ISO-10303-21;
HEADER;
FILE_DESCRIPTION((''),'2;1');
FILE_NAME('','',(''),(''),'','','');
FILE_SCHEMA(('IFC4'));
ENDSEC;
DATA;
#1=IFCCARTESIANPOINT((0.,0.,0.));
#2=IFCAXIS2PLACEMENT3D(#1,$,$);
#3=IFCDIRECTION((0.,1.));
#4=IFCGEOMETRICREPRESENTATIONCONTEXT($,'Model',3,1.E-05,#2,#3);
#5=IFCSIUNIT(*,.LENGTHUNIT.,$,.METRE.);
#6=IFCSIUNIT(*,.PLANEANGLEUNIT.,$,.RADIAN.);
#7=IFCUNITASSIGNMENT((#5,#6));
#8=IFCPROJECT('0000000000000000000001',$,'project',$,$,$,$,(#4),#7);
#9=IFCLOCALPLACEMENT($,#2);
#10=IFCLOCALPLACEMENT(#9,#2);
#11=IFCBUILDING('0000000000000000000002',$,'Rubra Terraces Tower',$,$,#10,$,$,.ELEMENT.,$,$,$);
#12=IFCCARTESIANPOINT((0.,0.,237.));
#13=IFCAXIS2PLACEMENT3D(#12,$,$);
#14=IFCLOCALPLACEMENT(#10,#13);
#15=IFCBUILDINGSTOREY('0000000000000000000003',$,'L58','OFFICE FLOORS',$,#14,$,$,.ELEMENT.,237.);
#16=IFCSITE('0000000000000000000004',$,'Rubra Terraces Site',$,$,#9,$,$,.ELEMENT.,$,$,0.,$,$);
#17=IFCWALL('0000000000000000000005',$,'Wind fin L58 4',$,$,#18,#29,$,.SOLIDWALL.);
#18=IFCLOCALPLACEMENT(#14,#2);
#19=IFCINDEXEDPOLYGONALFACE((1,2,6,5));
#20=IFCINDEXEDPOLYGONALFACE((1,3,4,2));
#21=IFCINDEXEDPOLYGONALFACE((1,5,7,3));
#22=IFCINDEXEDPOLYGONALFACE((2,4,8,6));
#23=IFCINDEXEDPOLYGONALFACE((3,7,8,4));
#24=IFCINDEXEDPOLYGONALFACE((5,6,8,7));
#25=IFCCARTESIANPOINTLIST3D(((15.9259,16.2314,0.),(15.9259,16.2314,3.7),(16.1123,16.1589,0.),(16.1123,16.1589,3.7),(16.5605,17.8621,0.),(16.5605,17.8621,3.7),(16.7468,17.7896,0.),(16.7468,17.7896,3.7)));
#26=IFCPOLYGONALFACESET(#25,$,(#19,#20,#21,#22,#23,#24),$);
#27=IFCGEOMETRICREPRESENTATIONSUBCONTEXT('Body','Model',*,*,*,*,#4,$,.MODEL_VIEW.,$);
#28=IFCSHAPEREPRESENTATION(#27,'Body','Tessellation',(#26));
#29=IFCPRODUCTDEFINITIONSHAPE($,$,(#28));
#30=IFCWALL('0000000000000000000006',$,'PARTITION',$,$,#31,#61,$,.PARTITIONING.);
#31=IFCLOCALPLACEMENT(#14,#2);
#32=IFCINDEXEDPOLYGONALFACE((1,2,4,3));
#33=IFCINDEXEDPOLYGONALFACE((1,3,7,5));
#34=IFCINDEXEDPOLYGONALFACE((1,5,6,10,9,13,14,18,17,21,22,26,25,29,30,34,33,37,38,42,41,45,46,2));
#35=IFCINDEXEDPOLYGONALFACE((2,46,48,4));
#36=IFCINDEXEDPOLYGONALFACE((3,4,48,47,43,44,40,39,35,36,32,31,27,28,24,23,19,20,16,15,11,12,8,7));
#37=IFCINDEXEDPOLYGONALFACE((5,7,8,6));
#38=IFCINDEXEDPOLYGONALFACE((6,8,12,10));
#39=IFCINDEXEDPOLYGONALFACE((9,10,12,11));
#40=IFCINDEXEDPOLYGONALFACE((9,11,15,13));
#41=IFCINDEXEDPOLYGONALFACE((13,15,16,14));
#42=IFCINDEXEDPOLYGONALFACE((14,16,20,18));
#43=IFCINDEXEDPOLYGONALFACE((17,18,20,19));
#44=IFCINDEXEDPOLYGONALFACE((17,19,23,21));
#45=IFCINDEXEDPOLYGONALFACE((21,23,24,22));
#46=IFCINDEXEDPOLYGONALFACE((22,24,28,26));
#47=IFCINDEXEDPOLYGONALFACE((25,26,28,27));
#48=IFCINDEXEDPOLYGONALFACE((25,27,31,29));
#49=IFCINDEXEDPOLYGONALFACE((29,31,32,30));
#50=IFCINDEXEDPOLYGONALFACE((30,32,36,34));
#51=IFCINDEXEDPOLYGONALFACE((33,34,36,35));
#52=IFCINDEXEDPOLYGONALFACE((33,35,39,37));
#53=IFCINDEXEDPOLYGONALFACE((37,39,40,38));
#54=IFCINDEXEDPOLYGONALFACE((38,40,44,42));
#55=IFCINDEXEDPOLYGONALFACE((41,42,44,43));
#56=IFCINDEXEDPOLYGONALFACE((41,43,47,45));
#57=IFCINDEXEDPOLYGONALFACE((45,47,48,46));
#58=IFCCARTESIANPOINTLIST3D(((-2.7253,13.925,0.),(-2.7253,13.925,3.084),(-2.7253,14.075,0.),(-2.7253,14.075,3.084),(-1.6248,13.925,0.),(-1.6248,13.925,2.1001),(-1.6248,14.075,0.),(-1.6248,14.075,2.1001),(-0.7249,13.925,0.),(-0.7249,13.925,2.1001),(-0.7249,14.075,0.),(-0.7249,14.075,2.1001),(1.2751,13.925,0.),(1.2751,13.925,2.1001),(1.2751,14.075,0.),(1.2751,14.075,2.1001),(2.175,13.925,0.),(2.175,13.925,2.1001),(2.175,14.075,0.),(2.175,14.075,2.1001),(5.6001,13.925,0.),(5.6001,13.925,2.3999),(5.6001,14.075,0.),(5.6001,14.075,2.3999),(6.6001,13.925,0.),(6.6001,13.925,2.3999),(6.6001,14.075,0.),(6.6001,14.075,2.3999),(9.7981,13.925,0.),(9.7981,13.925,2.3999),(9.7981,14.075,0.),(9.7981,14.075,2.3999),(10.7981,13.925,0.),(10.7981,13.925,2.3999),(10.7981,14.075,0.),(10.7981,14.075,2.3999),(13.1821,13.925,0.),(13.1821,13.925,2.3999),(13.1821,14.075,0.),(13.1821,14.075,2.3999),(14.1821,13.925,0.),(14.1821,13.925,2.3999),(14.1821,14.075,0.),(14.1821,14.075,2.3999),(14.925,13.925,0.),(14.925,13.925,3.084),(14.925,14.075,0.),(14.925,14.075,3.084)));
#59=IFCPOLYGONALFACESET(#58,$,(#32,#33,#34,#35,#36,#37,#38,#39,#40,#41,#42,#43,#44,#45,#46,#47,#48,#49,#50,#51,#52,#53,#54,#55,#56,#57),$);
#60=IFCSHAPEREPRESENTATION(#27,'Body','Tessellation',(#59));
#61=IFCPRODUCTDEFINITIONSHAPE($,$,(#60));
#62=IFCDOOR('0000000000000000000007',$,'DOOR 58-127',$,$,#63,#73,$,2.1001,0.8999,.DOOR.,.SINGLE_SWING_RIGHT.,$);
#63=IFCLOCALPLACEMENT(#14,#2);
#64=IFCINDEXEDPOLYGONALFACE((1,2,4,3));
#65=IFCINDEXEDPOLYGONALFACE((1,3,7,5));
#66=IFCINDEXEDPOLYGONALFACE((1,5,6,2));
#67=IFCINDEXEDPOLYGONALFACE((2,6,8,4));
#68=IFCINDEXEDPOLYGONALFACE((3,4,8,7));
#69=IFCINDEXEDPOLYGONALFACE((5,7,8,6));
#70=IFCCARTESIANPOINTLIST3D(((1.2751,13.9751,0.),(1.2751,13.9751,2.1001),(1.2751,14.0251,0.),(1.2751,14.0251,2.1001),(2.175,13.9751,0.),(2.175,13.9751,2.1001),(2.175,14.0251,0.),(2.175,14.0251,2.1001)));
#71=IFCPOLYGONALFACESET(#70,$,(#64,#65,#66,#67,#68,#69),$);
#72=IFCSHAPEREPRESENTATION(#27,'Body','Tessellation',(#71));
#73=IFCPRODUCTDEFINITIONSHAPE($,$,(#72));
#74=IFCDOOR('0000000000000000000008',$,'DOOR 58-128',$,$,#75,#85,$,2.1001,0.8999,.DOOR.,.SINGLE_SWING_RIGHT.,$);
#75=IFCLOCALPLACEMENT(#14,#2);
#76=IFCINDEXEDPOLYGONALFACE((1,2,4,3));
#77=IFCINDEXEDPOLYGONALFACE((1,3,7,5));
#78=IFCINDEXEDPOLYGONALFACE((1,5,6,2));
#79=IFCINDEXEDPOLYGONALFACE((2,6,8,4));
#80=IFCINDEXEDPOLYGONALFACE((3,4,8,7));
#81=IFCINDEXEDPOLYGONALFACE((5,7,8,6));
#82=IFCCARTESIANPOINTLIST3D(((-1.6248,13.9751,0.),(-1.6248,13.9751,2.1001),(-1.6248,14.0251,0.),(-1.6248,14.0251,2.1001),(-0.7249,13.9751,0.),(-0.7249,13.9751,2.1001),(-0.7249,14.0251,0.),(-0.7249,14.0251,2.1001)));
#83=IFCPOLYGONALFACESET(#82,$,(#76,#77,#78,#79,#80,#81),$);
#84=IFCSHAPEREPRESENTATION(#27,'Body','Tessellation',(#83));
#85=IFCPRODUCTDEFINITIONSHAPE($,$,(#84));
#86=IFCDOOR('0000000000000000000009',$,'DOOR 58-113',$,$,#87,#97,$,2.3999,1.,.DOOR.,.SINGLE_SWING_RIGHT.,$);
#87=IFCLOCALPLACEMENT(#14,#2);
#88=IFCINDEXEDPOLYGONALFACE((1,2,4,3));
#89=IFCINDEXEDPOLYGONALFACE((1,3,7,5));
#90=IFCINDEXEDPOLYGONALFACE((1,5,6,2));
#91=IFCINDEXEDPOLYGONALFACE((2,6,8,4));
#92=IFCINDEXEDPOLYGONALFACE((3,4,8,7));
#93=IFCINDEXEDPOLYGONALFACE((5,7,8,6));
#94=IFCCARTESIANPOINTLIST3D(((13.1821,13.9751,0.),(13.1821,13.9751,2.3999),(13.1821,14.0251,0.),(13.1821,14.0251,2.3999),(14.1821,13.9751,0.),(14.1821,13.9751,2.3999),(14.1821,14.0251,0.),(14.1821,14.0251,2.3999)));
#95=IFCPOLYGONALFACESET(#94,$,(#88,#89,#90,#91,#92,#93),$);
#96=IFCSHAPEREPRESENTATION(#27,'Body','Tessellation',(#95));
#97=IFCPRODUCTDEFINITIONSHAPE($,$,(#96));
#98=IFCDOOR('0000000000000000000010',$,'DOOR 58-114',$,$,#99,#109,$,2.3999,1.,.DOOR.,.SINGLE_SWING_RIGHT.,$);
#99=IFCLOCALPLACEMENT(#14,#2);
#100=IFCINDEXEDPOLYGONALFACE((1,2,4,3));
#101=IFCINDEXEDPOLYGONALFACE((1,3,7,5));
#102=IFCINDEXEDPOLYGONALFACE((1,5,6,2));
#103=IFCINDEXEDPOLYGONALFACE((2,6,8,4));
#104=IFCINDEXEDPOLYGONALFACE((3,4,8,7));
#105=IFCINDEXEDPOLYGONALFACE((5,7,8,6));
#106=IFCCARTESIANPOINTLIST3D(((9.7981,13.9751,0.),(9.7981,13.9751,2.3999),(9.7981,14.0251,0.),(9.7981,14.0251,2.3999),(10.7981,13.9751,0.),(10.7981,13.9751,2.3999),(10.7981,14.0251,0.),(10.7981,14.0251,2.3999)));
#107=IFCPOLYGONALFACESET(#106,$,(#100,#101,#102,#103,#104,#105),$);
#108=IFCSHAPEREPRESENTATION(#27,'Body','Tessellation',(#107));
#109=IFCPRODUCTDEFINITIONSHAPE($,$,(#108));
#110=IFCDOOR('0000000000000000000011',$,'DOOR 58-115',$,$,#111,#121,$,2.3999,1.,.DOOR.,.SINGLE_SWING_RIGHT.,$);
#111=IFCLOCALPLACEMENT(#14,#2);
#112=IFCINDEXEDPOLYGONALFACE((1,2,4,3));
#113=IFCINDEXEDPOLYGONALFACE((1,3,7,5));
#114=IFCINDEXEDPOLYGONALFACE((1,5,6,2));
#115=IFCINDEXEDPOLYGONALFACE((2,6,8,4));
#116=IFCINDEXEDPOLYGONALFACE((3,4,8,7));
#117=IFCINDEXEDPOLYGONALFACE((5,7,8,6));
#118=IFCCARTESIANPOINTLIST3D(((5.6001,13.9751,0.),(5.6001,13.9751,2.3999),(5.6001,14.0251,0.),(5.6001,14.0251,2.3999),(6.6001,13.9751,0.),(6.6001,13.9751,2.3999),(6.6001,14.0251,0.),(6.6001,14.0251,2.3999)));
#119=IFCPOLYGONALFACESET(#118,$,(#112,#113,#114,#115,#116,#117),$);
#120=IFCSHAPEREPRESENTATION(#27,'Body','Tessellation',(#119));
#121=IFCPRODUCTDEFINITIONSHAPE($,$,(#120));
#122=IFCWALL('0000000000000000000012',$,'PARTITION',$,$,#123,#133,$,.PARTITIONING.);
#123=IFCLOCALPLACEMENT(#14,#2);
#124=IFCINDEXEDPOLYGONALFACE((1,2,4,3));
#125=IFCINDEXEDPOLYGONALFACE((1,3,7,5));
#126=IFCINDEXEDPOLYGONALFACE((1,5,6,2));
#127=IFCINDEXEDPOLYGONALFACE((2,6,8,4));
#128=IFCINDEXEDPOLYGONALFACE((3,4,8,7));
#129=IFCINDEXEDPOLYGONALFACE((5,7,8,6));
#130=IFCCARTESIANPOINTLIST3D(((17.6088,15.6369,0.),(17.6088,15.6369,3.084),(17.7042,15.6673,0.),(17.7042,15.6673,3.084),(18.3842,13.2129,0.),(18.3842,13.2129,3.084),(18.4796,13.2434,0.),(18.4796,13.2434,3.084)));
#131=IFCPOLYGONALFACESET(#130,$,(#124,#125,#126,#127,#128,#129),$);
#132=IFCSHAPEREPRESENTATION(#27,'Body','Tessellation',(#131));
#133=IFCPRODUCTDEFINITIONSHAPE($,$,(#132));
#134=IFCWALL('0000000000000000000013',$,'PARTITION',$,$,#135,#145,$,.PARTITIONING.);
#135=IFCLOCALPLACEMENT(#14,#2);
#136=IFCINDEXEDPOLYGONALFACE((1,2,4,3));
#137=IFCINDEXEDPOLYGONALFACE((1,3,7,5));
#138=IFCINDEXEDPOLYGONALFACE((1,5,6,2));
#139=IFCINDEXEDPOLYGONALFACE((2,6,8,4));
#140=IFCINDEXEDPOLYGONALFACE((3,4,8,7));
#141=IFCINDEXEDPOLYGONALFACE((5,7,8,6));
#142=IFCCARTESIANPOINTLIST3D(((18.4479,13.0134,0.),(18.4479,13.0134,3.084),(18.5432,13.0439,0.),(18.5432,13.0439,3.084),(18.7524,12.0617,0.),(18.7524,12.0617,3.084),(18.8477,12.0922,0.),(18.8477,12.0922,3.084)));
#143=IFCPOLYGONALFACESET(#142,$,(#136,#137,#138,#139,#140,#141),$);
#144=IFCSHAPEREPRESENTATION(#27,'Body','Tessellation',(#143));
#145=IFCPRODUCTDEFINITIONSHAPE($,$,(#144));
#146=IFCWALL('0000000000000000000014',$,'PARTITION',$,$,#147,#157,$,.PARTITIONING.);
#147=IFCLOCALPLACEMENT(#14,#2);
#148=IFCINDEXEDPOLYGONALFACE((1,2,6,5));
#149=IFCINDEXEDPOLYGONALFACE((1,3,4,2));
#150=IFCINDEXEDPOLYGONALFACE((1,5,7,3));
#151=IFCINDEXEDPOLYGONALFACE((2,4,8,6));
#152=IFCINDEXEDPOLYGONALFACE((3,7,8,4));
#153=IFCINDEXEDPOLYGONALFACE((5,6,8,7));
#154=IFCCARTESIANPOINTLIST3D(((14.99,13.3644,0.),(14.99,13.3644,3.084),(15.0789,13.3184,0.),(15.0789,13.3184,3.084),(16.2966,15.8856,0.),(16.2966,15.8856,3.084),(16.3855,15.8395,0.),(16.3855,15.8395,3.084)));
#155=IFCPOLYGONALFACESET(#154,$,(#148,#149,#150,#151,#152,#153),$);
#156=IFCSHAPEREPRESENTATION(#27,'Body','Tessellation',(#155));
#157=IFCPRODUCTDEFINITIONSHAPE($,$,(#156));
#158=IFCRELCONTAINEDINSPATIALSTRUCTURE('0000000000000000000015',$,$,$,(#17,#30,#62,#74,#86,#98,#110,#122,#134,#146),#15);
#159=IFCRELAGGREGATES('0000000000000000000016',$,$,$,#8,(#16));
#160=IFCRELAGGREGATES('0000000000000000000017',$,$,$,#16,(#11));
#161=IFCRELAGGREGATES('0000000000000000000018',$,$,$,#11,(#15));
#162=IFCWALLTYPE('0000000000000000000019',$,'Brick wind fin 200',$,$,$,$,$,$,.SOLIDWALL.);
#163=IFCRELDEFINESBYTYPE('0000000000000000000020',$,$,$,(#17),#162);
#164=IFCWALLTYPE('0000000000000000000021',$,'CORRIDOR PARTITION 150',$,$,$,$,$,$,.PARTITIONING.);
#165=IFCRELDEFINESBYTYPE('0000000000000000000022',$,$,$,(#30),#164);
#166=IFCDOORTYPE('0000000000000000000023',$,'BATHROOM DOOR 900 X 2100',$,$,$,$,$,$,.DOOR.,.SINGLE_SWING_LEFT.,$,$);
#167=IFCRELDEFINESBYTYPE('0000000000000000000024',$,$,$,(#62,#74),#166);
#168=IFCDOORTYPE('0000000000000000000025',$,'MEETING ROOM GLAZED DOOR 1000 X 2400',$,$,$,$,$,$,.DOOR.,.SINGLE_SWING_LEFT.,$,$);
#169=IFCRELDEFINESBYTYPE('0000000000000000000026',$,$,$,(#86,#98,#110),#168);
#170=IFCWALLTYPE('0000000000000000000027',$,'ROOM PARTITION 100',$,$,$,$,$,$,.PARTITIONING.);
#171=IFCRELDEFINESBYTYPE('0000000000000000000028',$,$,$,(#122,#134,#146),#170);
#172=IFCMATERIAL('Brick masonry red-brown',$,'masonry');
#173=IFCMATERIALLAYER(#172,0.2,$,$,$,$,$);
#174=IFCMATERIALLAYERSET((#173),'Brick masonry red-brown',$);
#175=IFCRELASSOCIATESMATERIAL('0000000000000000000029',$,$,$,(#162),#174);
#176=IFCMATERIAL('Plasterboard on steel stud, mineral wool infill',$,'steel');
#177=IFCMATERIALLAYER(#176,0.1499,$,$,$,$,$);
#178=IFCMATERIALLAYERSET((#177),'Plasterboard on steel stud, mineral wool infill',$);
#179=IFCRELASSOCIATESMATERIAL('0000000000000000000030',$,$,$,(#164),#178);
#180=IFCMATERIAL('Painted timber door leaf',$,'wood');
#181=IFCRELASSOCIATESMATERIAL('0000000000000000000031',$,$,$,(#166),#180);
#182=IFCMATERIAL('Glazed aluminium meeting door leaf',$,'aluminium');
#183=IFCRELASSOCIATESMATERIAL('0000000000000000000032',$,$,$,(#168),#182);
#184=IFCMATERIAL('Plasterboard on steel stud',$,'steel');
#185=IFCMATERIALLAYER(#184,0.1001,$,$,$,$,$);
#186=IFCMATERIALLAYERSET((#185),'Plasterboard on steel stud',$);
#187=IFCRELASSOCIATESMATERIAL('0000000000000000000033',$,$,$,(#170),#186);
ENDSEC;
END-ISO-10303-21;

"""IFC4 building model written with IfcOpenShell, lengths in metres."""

from ifc_helpers import new_model, si_unit, direction, frame, frame_2d, origin, place, context, subcontext, project, spatial, rectangle, extrude, material, layer, layer_set, type_object, element, fill, save


model = new_model("IFC4")

# Units and contexts
model_context = context("Model", 3, precision=1e-05, world=origin(), true_north=direction((0.0, 1.0)))
body_context = subcontext(model_context, "Body", "Model", "MODEL_VIEW")
ifc_project = project(units=[si_unit("LENGTHUNIT", "METRE"), si_unit("PLANEANGLEUNIT", "RADIAN")], contexts=[model_context])

# Site, building, storey
site_placement = place(None, origin())
site = spatial("IfcSite", under=ifc_project, at=site_placement, Name="Rubra Terraces Site", CompositionType="ELEMENT", RefElevation=0.0)
building_placement = place(site_placement, origin())
building = spatial("IfcBuilding", under=site, at=building_placement, Name="Rubra Terraces Tower", CompositionType="ELEMENT")
storey_placement = place(building_placement, frame((0.0, 0.0, 237.0)))
storey = spatial("IfcBuildingStorey", under=building, at=storey_placement, Name="L58", Description="OFFICE FLOORS", CompositionType="ELEMENT", Elevation=237.0)

# Shared definitions
ifc_material_1 = material(Name="Brick masonry red-brown", Category="masonry")

# Wall
ifc_layer_1 = layer(ifc_material_1, 0.2)
ifc_layer_set_1 = layer_set([ifc_layer_1], Name="Brick masonry red-brown")
wall_type_1 = type_object("IfcWallType", Name="Brick wind fin 200", PredefinedType="SOLIDWALL", material=ifc_layer_set_1)
wall_1_placement = place(storey_placement, frame((16.019, 16.1951, 0.0), z_axis=(0.0, 0.0, 1.0), x_axis=(0.362642, 0.931929, 0.0)))
element("IfcWall", 1, at=wall_1_placement, inside=storey, type_object=wall_type_1, Name="Wind fin L58 4", PredefinedType="SOLIDWALL", context=body_context, shape_type="SweptSolid", body=[
    extrude(rectangle(XDim=1.7498, YDim=0.2, at=frame_2d((0.875, 0.0))), origin(), (0.0, 0.0, 1.0), 3.7),
])

# Wall, openings, doors
ifc_material_2 = material(Name="Plasterboard on steel stud, mineral wool infill", Category="steel")
ifc_layer_2 = layer(ifc_material_2, 0.1499)
ifc_layer_set_2 = layer_set([ifc_layer_2], Name="Plasterboard on steel stud, mineral wool infill")
wall_type_2 = type_object("IfcWallType", Name="CORRIDOR PARTITION 150", PredefinedType="PARTITIONING", material=ifc_layer_set_2)
wall_2_placement = place(storey_placement, frame((14.925, 14.0, 0.0), z_axis=(0.0, 0.0, 1.0), x_axis=(-1.0, 0.0, 0.0)))
wall_2 = element("IfcWall", 2, at=wall_2_placement, inside=storey, type_object=wall_type_2, Name="PARTITION", PredefinedType="PARTITIONING", context=body_context, shape_type="SweptSolid", body=[
    extrude(rectangle(XDim=17.6504, YDim=0.1499, at=frame_2d((8.8252, 0.0))), origin(), (0.0, 0.0, 1.0), 3.084),
])
opening_1_placement = place(wall_2_placement, frame((0.7429, 0.0, 0.0)))
opening_1 = element("IfcOpeningElement", 3, at=opening_1_placement, cuts=wall_2, PredefinedType="OPENING", context=body_context, shape_type="SweptSolid", body=[
    extrude(rectangle(XDim=1.0, YDim=2.3999, at=frame_2d((0.5, 1.2))), frame((0.0, 0.085, 0.0), z_axis=(0.0, -1.0, 0.0), x_axis=(1.0, 0.0, 0.0)), (0.0, 0.0, 1.0), 0.1699),
])
opening_2_placement = place(wall_2_placement, frame((4.127, 0.0, 0.0)))
opening_2 = element("IfcOpeningElement", 4, at=opening_2_placement, cuts=wall_2, PredefinedType="OPENING", context=body_context, shape_type="SweptSolid", body=[
    extrude(rectangle(XDim=1.0, YDim=2.3999, at=frame_2d((0.5, 1.2))), frame((0.0, 0.085, 0.0), z_axis=(0.0, -1.0, 0.0), x_axis=(1.0, 0.0, 0.0)), (0.0, 0.0, 1.0), 0.1699),
])
opening_3_placement = place(wall_2_placement, frame((8.325, 0.0, 0.0)))
opening_3 = element("IfcOpeningElement", 5, at=opening_3_placement, cuts=wall_2, PredefinedType="OPENING", context=body_context, shape_type="SweptSolid", body=[
    extrude(rectangle(XDim=1.0, YDim=2.3999, at=frame_2d((0.5, 1.2))), frame((0.0, 0.085, 0.0), z_axis=(0.0, -1.0, 0.0), x_axis=(1.0, 0.0, 0.0)), (0.0, 0.0, 1.0), 0.1699),
])
opening_4_placement = place(wall_2_placement, frame((12.75, 0.0, 0.0)))
opening_4 = element("IfcOpeningElement", 6, at=opening_4_placement, cuts=wall_2, PredefinedType="OPENING", context=body_context, shape_type="SweptSolid", body=[
    extrude(rectangle(XDim=0.8999, YDim=2.1001, at=frame_2d((0.45, 1.05))), frame((0.0, 0.085, 0.0), z_axis=(0.0, -1.0, 0.0), x_axis=(1.0, 0.0, 0.0)), (0.0, 0.0, 1.0), 0.1699),
])
opening_5_placement = place(wall_2_placement, frame((15.6499, 0.0, 0.0)))
opening_5 = element("IfcOpeningElement", 7, at=opening_5_placement, cuts=wall_2, PredefinedType="OPENING", context=body_context, shape_type="SweptSolid", body=[
    extrude(rectangle(XDim=0.8999, YDim=2.1001, at=frame_2d((0.45, 1.05))), frame((0.0, 0.085, 0.0), z_axis=(0.0, -1.0, 0.0), x_axis=(1.0, 0.0, 0.0)), (0.0, 0.0, 1.0), 0.1699),
])
ifc_material_3 = material(Name="Painted timber door leaf", Category="wood")
door_type_1 = type_object("IfcDoorType", Name="BATHROOM DOOR 900 X 2100", OperationType="SINGLE_SWING_LEFT", PredefinedType="DOOR", material=ifc_material_3)
door_1_placement = place(opening_4_placement, origin())
door_1 = element("IfcDoor", 8, at=door_1_placement, inside=storey, type_object=door_type_1, Name="DOOR 58-127", OperationType="SINGLE_SWING_RIGHT", OverallHeight=2.1001, OverallWidth=0.8999, PredefinedType="DOOR", context=body_context, shape_type="SweptSolid", body=[
    extrude(rectangle(XDim=0.8999, YDim=2.1001, at=frame_2d((0.45, 1.05))), frame((0.0, 0.0249, 0.0), z_axis=(0.0, -1.0, 0.0), x_axis=(1.0, 0.0, 0.0)), (0.0, 0.0, 1.0), 0.05),
])
fill(opening_4, door_1)
door_2_placement = place(opening_5_placement, origin())
door_2 = element("IfcDoor", 9, at=door_2_placement, inside=storey, type_object=door_type_1, Name="DOOR 58-128", OperationType="SINGLE_SWING_RIGHT", OverallHeight=2.1001, OverallWidth=0.8999, PredefinedType="DOOR", context=body_context, shape_type="SweptSolid", body=[
    extrude(rectangle(XDim=0.8999, YDim=2.1001, at=frame_2d((0.45, 1.05))), frame((0.0, 0.0249, 0.0), z_axis=(0.0, -1.0, 0.0), x_axis=(1.0, 0.0, 0.0)), (0.0, 0.0, 1.0), 0.05),
])
fill(opening_5, door_2)
ifc_material_4 = material(Name="Glazed aluminium meeting door leaf", Category="aluminium")
door_type_2 = type_object("IfcDoorType", Name="MEETING ROOM GLAZED DOOR 1000 X 2400", OperationType="SINGLE_SWING_LEFT", PredefinedType="DOOR", material=ifc_material_4)
door_3_placement = place(opening_1_placement, origin())
door_3 = element("IfcDoor", 10, at=door_3_placement, inside=storey, type_object=door_type_2, Name="DOOR 58-113", OperationType="SINGLE_SWING_RIGHT", OverallHeight=2.3999, OverallWidth=1.0, PredefinedType="DOOR", context=body_context, shape_type="SweptSolid", body=[
    extrude(rectangle(XDim=1.0, YDim=2.3999, at=frame_2d((0.5, 1.2))), frame((0.0, 0.0249, 0.0), z_axis=(0.0, -1.0, 0.0), x_axis=(1.0, 0.0, 0.0)), (0.0, 0.0, 1.0), 0.05),
])
fill(opening_1, door_3)
door_4_placement = place(opening_2_placement, origin())
door_4 = element("IfcDoor", 11, at=door_4_placement, inside=storey, type_object=door_type_2, Name="DOOR 58-114", OperationType="SINGLE_SWING_RIGHT", OverallHeight=2.3999, OverallWidth=1.0, PredefinedType="DOOR", context=body_context, shape_type="SweptSolid", body=[
    extrude(rectangle(XDim=1.0, YDim=2.3999, at=frame_2d((0.5, 1.2))), frame((0.0, 0.0249, 0.0), z_axis=(0.0, -1.0, 0.0), x_axis=(1.0, 0.0, 0.0)), (0.0, 0.0, 1.0), 0.05),
])
fill(opening_2, door_4)
door_5_placement = place(opening_3_placement, origin())
door_5 = element("IfcDoor", 12, at=door_5_placement, inside=storey, type_object=door_type_2, Name="DOOR 58-115", OperationType="SINGLE_SWING_RIGHT", OverallHeight=2.3999, OverallWidth=1.0, PredefinedType="DOOR", context=body_context, shape_type="SweptSolid", body=[
    extrude(rectangle(XDim=1.0, YDim=2.3999, at=frame_2d((0.5, 1.2))), frame((0.0, 0.0249, 0.0), z_axis=(0.0, -1.0, 0.0), x_axis=(1.0, 0.0, 0.0)), (0.0, 0.0, 1.0), 0.05),
])
fill(opening_3, door_5)

# Walls
ifc_material_5 = material(Name="Plasterboard on steel stud", Category="steel")
ifc_layer_3 = layer(ifc_material_5, 0.1001)
ifc_layer_set_3 = layer_set([ifc_layer_3], Name="Plasterboard on steel stud")
wall_type_3 = type_object("IfcWallType", Name="ROOM PARTITION 100", PredefinedType="PARTITIONING", material=ifc_layer_set_3)
wall_3_placement = place(storey_placement, frame((17.6565, 15.6521, 0.0), z_axis=(0.0, 0.0, 1.0), x_axis=(0.304692, -0.952451, 0.0)))
element("IfcWall", 13, at=wall_3_placement, inside=storey, type_object=wall_type_3, Name="PARTITION", PredefinedType="PARTITIONING", context=body_context, shape_type="SweptSolid", body=[
    extrude(rectangle(XDim=2.5449, YDim=0.1001, at=frame_2d((1.2725, 0.0))), origin(), (0.0, 0.0, 1.0), 3.084),
])
wall_4_placement = place(storey_placement, frame((18.4956, 13.0286, 0.0), z_axis=(0.0, 0.0, 1.0), x_axis=(0.304696, -0.95245, 0.0)))
element("IfcWall", 14, at=wall_4_placement, inside=storey, type_object=wall_type_3, Name="PARTITION", PredefinedType="PARTITIONING", context=body_context, shape_type="SweptSolid", body=[
    extrude(rectangle(XDim=0.9993, YDim=0.1001, at=frame_2d((0.4995, 0.0))), origin(), (0.0, 0.0, 1.0), 3.084),
])
wall_5_placement = place(storey_placement, frame((15.0344, 13.3413, 0.0), z_axis=(0.0, 0.0, 1.0), x_axis=(0.460131, 0.887851, 0.0)))
element("IfcWall", 15, at=wall_5_placement, inside=storey, type_object=wall_type_3, Name="PARTITION", PredefinedType="PARTITIONING", context=body_context, shape_type="SweptSolid", body=[
    extrude(rectangle(XDim=2.8396, YDim=0.1001, at=frame_2d((1.4199, 0.0))), origin(), (0.0, 0.0, 1.0), 3.084),
])

save(model, "model.ifc")
